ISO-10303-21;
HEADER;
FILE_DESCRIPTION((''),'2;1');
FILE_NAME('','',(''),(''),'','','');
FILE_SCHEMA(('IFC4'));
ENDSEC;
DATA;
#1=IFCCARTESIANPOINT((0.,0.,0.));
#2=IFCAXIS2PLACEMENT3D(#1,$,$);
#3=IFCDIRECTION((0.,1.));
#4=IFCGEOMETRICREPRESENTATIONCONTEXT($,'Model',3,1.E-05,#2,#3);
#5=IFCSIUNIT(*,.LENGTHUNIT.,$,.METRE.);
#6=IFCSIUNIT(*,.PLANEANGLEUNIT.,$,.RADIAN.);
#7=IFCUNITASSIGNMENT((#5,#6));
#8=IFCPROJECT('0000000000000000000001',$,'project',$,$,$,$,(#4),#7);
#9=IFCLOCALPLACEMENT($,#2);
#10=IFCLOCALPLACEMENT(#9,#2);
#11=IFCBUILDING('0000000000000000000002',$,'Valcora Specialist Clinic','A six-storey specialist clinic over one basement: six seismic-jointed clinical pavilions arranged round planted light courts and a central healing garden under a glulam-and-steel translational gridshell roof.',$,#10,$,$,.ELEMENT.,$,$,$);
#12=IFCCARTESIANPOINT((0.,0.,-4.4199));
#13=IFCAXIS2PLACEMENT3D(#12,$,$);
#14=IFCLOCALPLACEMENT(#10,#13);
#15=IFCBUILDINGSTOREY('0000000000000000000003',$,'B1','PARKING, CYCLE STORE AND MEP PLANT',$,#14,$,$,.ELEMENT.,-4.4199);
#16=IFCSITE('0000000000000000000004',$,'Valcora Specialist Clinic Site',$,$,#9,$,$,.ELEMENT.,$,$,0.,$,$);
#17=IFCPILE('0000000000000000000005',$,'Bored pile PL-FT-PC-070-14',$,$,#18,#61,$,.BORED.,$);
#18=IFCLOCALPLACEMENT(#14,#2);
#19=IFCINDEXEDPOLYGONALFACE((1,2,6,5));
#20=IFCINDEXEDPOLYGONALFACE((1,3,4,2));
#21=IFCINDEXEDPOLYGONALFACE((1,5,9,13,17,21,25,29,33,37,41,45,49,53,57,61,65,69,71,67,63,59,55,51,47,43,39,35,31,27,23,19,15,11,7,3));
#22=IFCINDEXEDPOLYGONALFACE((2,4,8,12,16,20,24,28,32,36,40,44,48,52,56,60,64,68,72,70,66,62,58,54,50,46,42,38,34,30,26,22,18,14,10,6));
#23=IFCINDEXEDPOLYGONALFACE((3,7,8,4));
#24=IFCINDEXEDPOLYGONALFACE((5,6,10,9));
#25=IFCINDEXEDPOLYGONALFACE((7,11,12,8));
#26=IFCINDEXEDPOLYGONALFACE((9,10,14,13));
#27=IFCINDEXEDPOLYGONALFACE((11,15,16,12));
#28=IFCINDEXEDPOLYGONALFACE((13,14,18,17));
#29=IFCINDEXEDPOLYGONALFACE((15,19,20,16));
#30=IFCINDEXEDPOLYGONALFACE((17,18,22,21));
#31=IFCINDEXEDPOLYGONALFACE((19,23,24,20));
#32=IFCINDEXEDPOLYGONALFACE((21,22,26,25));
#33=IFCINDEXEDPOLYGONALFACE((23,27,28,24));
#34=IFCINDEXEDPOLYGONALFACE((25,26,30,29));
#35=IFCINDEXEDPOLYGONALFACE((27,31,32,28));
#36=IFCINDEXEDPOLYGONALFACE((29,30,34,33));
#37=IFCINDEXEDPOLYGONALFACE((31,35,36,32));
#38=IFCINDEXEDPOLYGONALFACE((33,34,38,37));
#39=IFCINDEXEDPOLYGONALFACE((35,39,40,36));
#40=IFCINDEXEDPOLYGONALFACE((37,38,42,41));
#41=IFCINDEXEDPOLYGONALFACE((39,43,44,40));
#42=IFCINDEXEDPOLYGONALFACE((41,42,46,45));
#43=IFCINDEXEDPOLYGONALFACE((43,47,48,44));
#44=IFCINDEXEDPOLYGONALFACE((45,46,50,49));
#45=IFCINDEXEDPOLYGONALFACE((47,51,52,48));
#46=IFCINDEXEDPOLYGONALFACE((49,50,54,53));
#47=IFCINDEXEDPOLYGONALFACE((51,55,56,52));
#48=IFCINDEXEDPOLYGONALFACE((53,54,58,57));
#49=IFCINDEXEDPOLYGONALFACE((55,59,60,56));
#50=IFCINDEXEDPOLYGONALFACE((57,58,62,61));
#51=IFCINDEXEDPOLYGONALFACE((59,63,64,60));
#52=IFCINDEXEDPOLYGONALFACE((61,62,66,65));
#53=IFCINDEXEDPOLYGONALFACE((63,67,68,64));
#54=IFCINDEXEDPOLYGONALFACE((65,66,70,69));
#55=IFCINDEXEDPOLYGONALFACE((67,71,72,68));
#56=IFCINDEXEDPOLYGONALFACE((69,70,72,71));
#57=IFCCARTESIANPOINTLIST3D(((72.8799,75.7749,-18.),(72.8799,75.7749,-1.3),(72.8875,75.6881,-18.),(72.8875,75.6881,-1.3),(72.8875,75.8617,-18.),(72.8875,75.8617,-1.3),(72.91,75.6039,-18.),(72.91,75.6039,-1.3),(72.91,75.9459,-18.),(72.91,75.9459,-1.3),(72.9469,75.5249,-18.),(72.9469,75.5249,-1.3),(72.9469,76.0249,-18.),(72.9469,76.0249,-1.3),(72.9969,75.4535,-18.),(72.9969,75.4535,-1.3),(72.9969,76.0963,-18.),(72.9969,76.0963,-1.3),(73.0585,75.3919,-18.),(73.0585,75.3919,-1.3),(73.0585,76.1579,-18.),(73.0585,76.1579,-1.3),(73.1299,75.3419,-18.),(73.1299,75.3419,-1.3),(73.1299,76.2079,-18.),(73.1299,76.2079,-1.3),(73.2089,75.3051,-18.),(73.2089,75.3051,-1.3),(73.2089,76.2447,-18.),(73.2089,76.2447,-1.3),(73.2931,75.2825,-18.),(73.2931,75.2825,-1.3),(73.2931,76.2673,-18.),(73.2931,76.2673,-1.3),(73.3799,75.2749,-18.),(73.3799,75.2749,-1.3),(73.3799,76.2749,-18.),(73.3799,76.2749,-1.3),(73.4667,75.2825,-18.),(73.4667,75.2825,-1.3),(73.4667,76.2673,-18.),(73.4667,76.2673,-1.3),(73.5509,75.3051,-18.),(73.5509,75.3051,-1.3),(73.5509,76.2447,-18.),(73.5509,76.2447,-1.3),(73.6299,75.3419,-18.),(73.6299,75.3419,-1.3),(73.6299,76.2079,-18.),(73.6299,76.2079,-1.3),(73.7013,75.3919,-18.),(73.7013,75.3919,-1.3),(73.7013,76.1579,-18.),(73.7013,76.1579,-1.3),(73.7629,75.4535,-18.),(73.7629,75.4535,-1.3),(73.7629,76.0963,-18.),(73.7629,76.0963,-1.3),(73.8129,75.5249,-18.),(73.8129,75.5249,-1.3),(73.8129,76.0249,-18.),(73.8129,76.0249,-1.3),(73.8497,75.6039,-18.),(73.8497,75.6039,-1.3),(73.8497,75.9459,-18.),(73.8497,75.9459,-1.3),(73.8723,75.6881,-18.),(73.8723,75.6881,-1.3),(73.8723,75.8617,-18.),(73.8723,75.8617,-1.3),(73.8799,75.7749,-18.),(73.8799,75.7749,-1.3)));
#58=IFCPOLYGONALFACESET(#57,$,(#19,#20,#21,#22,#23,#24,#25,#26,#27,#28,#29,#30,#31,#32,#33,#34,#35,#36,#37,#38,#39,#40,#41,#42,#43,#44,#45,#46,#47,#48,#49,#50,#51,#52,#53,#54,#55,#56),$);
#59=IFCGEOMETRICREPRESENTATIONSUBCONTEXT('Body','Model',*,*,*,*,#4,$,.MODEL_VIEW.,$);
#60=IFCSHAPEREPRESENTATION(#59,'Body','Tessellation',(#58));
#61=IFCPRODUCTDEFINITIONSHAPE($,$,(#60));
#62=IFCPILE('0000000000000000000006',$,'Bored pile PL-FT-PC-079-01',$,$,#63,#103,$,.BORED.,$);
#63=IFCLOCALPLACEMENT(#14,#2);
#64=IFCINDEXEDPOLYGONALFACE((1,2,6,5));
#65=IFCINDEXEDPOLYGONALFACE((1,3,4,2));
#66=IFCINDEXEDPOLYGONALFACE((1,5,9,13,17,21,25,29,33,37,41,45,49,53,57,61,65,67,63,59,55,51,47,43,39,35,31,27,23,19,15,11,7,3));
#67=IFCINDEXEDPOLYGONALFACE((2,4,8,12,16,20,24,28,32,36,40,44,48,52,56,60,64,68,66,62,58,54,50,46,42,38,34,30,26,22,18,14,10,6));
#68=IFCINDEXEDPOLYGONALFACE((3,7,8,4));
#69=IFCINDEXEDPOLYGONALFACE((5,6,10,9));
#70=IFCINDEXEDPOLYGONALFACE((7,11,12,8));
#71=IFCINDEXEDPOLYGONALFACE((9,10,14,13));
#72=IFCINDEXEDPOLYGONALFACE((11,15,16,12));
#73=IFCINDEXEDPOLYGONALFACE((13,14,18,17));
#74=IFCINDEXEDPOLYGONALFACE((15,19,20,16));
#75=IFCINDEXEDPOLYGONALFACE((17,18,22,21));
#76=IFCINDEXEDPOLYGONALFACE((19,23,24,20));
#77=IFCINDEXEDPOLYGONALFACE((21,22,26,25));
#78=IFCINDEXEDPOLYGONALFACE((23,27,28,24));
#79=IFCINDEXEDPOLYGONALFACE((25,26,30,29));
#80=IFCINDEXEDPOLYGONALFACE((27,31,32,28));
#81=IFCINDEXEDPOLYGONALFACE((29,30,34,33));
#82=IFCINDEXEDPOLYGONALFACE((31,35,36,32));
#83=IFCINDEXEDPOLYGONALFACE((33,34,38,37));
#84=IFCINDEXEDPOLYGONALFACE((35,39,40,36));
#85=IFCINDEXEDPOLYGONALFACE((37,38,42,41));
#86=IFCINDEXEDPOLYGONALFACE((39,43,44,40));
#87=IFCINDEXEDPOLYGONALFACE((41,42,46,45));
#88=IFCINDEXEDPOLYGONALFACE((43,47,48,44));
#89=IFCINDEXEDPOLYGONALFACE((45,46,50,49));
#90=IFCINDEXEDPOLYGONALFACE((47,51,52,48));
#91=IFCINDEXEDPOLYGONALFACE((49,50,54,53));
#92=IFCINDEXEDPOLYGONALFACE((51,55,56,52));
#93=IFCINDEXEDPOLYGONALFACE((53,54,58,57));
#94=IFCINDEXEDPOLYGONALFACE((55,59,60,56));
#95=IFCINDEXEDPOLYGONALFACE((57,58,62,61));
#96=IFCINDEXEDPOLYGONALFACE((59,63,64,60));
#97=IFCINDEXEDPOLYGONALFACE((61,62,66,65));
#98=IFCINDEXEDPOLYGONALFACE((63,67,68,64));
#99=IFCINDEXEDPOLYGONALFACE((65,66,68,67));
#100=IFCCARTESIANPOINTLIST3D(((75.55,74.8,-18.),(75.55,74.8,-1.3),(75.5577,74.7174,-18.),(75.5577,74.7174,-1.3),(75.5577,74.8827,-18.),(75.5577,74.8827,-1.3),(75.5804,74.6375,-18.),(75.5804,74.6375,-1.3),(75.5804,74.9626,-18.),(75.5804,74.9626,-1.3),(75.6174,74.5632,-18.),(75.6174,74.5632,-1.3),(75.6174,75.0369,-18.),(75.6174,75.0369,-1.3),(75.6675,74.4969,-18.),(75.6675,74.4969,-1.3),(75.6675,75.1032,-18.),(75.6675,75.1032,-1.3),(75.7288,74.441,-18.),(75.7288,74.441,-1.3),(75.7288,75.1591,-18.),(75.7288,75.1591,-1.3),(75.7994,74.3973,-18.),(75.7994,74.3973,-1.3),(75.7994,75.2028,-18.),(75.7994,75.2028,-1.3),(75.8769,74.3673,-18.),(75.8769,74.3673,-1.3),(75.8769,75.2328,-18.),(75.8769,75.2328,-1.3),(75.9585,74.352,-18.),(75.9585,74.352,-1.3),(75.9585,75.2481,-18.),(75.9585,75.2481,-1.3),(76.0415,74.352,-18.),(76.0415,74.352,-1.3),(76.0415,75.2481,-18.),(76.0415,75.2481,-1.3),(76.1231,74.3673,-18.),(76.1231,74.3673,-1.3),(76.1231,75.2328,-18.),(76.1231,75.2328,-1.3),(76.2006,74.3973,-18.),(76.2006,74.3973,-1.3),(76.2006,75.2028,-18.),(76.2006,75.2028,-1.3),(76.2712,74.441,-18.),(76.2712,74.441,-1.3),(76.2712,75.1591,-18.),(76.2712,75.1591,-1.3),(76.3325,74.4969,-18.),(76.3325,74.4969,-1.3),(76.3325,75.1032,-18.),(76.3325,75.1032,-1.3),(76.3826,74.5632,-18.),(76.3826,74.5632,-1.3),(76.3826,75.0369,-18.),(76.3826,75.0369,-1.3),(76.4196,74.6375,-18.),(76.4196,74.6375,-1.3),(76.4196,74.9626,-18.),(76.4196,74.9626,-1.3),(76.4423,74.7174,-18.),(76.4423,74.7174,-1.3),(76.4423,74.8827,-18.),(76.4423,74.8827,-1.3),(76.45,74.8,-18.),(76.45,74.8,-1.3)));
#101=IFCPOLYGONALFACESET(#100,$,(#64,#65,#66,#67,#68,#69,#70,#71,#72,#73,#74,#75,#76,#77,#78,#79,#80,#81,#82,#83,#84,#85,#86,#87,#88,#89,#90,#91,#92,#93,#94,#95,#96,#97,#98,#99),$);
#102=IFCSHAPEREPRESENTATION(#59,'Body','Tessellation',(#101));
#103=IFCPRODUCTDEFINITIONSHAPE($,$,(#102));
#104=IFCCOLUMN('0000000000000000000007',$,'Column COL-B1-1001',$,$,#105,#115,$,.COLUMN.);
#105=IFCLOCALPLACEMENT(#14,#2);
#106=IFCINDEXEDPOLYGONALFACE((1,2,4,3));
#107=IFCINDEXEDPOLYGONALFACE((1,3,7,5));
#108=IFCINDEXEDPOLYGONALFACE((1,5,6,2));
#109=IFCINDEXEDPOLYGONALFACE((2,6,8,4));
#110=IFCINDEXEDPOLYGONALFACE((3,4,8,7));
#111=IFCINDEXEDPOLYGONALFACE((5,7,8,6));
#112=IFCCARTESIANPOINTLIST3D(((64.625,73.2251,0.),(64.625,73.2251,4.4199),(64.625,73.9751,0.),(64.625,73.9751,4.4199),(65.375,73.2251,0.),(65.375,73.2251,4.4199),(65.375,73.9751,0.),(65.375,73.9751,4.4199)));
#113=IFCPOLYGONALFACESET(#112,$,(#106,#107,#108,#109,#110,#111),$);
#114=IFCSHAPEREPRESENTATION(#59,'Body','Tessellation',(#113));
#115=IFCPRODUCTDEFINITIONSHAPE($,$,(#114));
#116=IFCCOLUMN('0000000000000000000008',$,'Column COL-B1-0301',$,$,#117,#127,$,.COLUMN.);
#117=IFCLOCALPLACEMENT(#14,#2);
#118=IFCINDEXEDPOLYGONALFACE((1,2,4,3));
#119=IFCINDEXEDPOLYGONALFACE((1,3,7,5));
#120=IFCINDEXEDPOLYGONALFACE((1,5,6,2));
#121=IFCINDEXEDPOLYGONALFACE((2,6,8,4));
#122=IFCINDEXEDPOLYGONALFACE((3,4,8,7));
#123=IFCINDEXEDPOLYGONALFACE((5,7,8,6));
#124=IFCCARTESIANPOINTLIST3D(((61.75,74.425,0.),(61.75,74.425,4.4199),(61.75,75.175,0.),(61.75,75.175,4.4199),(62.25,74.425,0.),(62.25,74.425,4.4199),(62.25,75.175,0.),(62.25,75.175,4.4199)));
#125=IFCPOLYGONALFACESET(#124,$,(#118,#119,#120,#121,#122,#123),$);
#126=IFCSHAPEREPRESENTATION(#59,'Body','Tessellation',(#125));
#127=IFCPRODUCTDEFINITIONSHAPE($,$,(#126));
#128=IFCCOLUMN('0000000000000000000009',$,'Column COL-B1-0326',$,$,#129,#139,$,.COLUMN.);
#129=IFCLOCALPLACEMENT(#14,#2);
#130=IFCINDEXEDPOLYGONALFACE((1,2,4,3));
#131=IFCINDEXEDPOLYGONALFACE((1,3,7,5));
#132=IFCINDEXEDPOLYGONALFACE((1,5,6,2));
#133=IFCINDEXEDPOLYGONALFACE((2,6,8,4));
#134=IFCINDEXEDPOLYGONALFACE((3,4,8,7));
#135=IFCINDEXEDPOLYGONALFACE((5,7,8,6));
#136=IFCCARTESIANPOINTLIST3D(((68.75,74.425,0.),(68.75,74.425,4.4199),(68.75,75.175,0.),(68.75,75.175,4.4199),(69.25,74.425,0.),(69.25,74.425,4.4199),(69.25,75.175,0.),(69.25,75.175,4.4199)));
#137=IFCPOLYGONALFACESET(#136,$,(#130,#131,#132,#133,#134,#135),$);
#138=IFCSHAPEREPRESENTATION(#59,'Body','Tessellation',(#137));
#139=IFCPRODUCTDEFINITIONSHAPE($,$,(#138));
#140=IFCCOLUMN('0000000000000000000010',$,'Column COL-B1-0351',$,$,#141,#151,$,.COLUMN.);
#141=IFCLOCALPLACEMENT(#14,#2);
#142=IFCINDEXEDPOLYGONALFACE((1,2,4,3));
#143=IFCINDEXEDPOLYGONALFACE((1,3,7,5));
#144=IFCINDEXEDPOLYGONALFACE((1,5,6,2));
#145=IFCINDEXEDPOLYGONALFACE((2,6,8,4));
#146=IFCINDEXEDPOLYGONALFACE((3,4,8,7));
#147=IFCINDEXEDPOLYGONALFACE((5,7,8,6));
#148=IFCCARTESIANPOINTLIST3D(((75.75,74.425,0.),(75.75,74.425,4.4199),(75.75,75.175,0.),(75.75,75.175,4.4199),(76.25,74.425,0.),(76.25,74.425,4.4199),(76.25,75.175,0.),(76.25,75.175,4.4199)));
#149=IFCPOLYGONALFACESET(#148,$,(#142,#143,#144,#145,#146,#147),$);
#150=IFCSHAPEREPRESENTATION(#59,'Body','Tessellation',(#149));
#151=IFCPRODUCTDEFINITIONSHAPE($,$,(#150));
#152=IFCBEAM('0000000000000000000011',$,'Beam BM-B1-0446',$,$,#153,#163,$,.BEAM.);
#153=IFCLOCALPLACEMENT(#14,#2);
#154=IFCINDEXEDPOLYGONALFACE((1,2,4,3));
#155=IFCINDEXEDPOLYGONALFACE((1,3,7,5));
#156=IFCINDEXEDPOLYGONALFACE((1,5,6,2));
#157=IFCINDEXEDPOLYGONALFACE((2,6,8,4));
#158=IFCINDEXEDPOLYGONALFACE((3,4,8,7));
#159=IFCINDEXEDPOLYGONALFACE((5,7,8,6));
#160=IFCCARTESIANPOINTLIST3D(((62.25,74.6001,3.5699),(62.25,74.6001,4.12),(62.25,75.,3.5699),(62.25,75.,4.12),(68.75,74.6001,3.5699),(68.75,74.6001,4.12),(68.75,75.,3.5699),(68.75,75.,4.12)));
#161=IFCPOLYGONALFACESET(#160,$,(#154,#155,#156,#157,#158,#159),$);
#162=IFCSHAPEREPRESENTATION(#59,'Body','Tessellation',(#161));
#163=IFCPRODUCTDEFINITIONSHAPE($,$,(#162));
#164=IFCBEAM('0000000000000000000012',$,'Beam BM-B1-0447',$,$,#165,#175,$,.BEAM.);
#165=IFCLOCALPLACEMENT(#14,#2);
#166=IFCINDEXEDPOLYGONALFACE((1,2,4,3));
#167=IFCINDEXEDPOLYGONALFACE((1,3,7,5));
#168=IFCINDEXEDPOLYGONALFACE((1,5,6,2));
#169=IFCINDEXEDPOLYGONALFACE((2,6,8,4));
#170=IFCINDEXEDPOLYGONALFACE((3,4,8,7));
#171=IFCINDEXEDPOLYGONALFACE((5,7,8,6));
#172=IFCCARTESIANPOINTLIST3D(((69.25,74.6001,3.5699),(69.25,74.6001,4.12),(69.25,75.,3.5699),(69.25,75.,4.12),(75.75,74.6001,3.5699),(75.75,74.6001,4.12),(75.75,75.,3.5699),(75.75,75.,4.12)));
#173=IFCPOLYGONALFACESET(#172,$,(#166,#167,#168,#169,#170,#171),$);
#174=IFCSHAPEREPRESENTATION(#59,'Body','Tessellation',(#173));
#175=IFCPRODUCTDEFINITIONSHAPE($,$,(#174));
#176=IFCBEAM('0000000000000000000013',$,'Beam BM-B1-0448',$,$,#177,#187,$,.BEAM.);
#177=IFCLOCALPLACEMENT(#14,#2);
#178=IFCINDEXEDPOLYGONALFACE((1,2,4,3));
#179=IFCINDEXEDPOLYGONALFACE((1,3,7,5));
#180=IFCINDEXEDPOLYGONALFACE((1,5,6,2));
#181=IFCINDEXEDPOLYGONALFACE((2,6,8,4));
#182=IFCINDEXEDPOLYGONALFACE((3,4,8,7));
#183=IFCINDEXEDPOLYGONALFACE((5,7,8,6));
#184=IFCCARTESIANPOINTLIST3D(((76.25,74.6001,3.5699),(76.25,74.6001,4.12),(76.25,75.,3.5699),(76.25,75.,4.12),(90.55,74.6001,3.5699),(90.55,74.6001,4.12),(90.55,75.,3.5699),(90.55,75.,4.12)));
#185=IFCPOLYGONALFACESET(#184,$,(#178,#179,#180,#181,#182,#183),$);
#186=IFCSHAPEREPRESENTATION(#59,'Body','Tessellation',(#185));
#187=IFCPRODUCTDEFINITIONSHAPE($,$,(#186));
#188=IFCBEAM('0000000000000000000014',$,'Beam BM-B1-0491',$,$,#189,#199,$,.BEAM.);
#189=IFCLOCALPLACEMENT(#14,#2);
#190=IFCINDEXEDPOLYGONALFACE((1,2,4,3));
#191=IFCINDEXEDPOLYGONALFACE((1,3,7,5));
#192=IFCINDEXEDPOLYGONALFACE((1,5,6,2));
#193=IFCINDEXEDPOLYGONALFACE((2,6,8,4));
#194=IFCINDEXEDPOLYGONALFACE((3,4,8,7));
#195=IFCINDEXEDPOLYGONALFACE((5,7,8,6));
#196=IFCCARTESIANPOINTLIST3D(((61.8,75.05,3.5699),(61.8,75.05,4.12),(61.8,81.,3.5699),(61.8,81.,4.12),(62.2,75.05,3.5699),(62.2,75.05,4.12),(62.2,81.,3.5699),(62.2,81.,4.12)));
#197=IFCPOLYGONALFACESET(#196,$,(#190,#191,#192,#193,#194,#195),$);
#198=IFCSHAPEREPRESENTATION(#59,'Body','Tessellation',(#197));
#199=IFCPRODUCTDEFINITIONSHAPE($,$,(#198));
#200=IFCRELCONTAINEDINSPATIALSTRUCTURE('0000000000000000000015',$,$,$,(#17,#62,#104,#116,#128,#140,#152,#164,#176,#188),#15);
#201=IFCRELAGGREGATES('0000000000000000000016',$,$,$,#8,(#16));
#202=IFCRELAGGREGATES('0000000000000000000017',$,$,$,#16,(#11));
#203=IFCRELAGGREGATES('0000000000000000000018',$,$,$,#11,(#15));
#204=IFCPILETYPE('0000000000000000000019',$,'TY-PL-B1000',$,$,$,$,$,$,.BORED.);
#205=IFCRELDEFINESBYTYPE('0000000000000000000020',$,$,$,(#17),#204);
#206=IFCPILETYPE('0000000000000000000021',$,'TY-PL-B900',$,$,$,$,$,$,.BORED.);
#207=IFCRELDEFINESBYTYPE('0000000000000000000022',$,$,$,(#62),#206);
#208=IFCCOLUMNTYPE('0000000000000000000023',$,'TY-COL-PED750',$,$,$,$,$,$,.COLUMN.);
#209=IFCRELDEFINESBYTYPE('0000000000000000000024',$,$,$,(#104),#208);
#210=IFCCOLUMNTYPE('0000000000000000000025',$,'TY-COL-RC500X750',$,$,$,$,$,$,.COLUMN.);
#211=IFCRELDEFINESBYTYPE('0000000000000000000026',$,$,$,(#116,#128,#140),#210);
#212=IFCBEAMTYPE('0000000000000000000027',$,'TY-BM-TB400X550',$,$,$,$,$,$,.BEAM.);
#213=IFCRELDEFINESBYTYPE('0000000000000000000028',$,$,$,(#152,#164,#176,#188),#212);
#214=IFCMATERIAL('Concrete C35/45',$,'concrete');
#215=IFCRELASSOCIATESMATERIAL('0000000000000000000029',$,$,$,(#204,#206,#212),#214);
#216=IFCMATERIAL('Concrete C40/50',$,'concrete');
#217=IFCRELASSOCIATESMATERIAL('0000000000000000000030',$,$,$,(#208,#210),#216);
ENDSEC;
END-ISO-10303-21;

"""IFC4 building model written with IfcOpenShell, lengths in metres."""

from ifc_helpers import new_model, si_unit, direction, frame, origin, origin_2d, place, context, subcontext, project, spatial, rectangle, circle, extrude, material, material_profile, profile_set, type_object, element, save


model = new_model("IFC4")

# Units and contexts
model_context = context("Model", 3, precision=1e-05, world=origin(), true_north=direction((0.0, 1.0)))
body_context = subcontext(model_context, "Body", "Model", "MODEL_VIEW")
ifc_project = project(units=[si_unit("LENGTHUNIT", "METRE"), si_unit("PLANEANGLEUNIT", "RADIAN")], contexts=[model_context])

# Site, building, storey
site_placement = place(None, origin())
site = spatial("IfcSite", under=ifc_project, at=site_placement, Name="Valcora Specialist Clinic Site", CompositionType="ELEMENT", RefElevation=0.0)
building_placement = place(site_placement, origin())
building = spatial("IfcBuilding", under=site, at=building_placement, Name="Valcora Specialist Clinic", Description="A six-storey specialist clinic over one basement: six seismic-jointed clinical pavilions arranged round planted light courts and a central healing garden under a glulam-and-steel translational gridshell roof.", CompositionType="ELEMENT")
storey_placement = place(building_placement, frame((0.0, 0.0, -4.4199)))
storey = spatial("IfcBuildingStorey", under=building, at=storey_placement, Name="B1", Description="PARKING, CYCLE STORE AND MEP PLANT", CompositionType="ELEMENT", Elevation=-4.4199)

# Shared definitions
ifc_material_1 = material(Name="Concrete C35/45", Category="concrete")

# Piles
ifc_material_profile_1 = material_profile(ifc_material_1, circle(Radius=0.5, at=origin_2d()), Name="RC-PIL-D1000")
ifc_profile_set_1 = profile_set([ifc_material_profile_1], Name="Concrete C35/45")
pile_type_1 = type_object("IfcPileType", Name="TY-PL-B1000", PredefinedType="BORED", material=ifc_profile_set_1)
for number, where, z_axis, x_axis, name in (
    (1, (73.3799, 75.7749, -1.3), (0.0, 0.0, -1.0), (1.0, 0.0, 0.0), "Bored pile PL-FT-PC-070-14"),
):
    element("IfcPile", number, at=place(storey_placement, frame(where, z_axis=z_axis, x_axis=x_axis)), inside=storey, type_object=pile_type_1, Name=name, PredefinedType="BORED", context=body_context, shape_type="SweptSolid", body=[
        extrude(circle(Radius=0.5, at=origin_2d()), origin(), (0.0, 0.0, 1.0), 16.7),
    ])
ifc_material_profile_2 = material_profile(ifc_material_1, circle(Radius=0.45, at=origin_2d()), Name="RC-PIL-D900")
ifc_profile_set_2 = profile_set([ifc_material_profile_2], Name="Concrete C35/45")
pile_type_2 = type_object("IfcPileType", Name="TY-PL-B900", PredefinedType="BORED", material=ifc_profile_set_2)
pile_placement = place(storey_placement, frame((76.0, 74.8, -1.3), z_axis=(0.0, 0.0, -1.0), x_axis=(1.0, 0.0, 0.0)))
element("IfcPile", 2, at=pile_placement, inside=storey, type_object=pile_type_2, Name="Bored pile PL-FT-PC-079-01", PredefinedType="BORED", context=body_context, shape_type="SweptSolid", body=[
    extrude(circle(Radius=0.45, at=origin_2d()), origin(), (0.0, 0.0, 1.0), 16.7),
])

# Columns
ifc_material_2 = material(Name="Concrete C40/50", Category="concrete")
ifc_material_profile_3 = material_profile(ifc_material_2, rectangle(XDim=0.75, YDim=0.75, at=origin_2d()), Name="RC-PED-750X750")
ifc_profile_set_3 = profile_set([ifc_material_profile_3], Name="Concrete C40/50")
column_type_1 = type_object("IfcColumnType", Name="TY-COL-PED750", PredefinedType="COLUMN", material=ifc_profile_set_3)
column_placement = place(storey_placement, frame((65.0, 73.6001, 0.0), z_axis=(0.0, 0.0, 1.0), x_axis=(1.0, 0.0, 0.0)))
element("IfcColumn", 3, at=column_placement, inside=storey, type_object=column_type_1, Name="Column COL-B1-1001", PredefinedType="COLUMN", context=body_context, shape_type="SweptSolid", body=[
    extrude(rectangle(XDim=0.75, YDim=0.75, at=origin_2d()), origin(), (0.0, 0.0, 1.0), 4.4199),
])
ifc_material_profile_4 = material_profile(ifc_material_2, rectangle(XDim=0.5, YDim=0.75, at=origin_2d()), Name="RC-COL-500X750")
ifc_profile_set_4 = profile_set([ifc_material_profile_4], Name="Concrete C40/50")
column_type_2 = type_object("IfcColumnType", Name="TY-COL-RC500X750", PredefinedType="COLUMN", material=ifc_profile_set_4)
for number, where, z_axis, x_axis, name in (
    (4, (62.0, 74.8, 0.0), (0.0, 0.0, 1.0), (1.0, 0.0, 0.0), "Column COL-B1-0301"),
    (5, (69.0, 74.8, 0.0), (0.0, 0.0, 1.0), (1.0, 0.0, 0.0), "Column COL-B1-0326"),
    (6, (76.0, 74.8, 0.0), (0.0, 0.0, 1.0), (1.0, 0.0, 0.0), "Column COL-B1-0351"),
):
    element("IfcColumn", number, at=place(storey_placement, frame(where, z_axis=z_axis, x_axis=x_axis)), inside=storey, type_object=column_type_2, Name=name, PredefinedType="COLUMN", context=body_context, shape_type="SweptSolid", body=[
        extrude(rectangle(XDim=0.5, YDim=0.75, at=origin_2d()), origin(), (0.0, 0.0, 1.0), 4.4199),
    ])

# Beams
ifc_material_profile_5 = material_profile(ifc_material_1, rectangle(XDim=0.3999, YDim=0.55, at=origin_2d()), Name="RC-TB-400X550")
ifc_profile_set_5 = profile_set([ifc_material_profile_5], Name="Concrete C35/45")
beam_type = type_object("IfcBeamType", Name="TY-BM-TB400X550", PredefinedType="BEAM", material=ifc_profile_set_5)
for number, where, z_axis, x_axis, name in (
    (7, (62.25, 74.8, 3.845), (1.0, 0.0, 0.0), (0.0, 1.0, 0.0), "Beam BM-B1-0446"),
    (8, (69.25, 74.8, 3.845), (1.0, 0.0, 0.0), (0.0, 1.0, 0.0), "Beam BM-B1-0447"),
):
    element("IfcBeam", number, at=place(storey_placement, frame(where, z_axis=z_axis, x_axis=x_axis)), inside=storey, type_object=beam_type, Name=name, PredefinedType="BEAM", context=body_context, shape_type="SweptSolid", body=[
        extrude(rectangle(XDim=0.3999, YDim=0.55, at=origin_2d()), origin(), (0.0, 0.0, 1.0), 6.5),
    ])
beam_placement = place(storey_placement, frame((76.25, 74.8, 3.845), z_axis=(1.0, 0.0, 0.0), x_axis=(0.0, 1.0, 0.0)))
element("IfcBeam", 9, at=beam_placement, inside=storey, type_object=beam_type, Name="Beam BM-B1-0448", PredefinedType="BEAM", context=body_context, shape_type="SweptSolid", body=[
    extrude(rectangle(XDim=0.3999, YDim=0.55, at=origin_2d()), origin(), (0.0, 0.0, 1.0), 14.3),
])
for number, where, z_axis, x_axis, name in (
    (10, (62.0, 75.05, 3.845), (0.0, 1.0, 0.0), (-1.0, 0.0, 0.0), "Beam BM-B1-0491"),
):
    element("IfcBeam", number, at=place(storey_placement, frame(where, z_axis=z_axis, x_axis=x_axis)), inside=storey, type_object=beam_type, Name=name, PredefinedType="BEAM", context=body_context, shape_type="SweptSolid", body=[
        extrude(rectangle(XDim=0.3999, YDim=0.55, at=origin_2d()), origin(), (0.0, 0.0, 1.0), 5.95),
    ])

save(model, "model.ifc")
